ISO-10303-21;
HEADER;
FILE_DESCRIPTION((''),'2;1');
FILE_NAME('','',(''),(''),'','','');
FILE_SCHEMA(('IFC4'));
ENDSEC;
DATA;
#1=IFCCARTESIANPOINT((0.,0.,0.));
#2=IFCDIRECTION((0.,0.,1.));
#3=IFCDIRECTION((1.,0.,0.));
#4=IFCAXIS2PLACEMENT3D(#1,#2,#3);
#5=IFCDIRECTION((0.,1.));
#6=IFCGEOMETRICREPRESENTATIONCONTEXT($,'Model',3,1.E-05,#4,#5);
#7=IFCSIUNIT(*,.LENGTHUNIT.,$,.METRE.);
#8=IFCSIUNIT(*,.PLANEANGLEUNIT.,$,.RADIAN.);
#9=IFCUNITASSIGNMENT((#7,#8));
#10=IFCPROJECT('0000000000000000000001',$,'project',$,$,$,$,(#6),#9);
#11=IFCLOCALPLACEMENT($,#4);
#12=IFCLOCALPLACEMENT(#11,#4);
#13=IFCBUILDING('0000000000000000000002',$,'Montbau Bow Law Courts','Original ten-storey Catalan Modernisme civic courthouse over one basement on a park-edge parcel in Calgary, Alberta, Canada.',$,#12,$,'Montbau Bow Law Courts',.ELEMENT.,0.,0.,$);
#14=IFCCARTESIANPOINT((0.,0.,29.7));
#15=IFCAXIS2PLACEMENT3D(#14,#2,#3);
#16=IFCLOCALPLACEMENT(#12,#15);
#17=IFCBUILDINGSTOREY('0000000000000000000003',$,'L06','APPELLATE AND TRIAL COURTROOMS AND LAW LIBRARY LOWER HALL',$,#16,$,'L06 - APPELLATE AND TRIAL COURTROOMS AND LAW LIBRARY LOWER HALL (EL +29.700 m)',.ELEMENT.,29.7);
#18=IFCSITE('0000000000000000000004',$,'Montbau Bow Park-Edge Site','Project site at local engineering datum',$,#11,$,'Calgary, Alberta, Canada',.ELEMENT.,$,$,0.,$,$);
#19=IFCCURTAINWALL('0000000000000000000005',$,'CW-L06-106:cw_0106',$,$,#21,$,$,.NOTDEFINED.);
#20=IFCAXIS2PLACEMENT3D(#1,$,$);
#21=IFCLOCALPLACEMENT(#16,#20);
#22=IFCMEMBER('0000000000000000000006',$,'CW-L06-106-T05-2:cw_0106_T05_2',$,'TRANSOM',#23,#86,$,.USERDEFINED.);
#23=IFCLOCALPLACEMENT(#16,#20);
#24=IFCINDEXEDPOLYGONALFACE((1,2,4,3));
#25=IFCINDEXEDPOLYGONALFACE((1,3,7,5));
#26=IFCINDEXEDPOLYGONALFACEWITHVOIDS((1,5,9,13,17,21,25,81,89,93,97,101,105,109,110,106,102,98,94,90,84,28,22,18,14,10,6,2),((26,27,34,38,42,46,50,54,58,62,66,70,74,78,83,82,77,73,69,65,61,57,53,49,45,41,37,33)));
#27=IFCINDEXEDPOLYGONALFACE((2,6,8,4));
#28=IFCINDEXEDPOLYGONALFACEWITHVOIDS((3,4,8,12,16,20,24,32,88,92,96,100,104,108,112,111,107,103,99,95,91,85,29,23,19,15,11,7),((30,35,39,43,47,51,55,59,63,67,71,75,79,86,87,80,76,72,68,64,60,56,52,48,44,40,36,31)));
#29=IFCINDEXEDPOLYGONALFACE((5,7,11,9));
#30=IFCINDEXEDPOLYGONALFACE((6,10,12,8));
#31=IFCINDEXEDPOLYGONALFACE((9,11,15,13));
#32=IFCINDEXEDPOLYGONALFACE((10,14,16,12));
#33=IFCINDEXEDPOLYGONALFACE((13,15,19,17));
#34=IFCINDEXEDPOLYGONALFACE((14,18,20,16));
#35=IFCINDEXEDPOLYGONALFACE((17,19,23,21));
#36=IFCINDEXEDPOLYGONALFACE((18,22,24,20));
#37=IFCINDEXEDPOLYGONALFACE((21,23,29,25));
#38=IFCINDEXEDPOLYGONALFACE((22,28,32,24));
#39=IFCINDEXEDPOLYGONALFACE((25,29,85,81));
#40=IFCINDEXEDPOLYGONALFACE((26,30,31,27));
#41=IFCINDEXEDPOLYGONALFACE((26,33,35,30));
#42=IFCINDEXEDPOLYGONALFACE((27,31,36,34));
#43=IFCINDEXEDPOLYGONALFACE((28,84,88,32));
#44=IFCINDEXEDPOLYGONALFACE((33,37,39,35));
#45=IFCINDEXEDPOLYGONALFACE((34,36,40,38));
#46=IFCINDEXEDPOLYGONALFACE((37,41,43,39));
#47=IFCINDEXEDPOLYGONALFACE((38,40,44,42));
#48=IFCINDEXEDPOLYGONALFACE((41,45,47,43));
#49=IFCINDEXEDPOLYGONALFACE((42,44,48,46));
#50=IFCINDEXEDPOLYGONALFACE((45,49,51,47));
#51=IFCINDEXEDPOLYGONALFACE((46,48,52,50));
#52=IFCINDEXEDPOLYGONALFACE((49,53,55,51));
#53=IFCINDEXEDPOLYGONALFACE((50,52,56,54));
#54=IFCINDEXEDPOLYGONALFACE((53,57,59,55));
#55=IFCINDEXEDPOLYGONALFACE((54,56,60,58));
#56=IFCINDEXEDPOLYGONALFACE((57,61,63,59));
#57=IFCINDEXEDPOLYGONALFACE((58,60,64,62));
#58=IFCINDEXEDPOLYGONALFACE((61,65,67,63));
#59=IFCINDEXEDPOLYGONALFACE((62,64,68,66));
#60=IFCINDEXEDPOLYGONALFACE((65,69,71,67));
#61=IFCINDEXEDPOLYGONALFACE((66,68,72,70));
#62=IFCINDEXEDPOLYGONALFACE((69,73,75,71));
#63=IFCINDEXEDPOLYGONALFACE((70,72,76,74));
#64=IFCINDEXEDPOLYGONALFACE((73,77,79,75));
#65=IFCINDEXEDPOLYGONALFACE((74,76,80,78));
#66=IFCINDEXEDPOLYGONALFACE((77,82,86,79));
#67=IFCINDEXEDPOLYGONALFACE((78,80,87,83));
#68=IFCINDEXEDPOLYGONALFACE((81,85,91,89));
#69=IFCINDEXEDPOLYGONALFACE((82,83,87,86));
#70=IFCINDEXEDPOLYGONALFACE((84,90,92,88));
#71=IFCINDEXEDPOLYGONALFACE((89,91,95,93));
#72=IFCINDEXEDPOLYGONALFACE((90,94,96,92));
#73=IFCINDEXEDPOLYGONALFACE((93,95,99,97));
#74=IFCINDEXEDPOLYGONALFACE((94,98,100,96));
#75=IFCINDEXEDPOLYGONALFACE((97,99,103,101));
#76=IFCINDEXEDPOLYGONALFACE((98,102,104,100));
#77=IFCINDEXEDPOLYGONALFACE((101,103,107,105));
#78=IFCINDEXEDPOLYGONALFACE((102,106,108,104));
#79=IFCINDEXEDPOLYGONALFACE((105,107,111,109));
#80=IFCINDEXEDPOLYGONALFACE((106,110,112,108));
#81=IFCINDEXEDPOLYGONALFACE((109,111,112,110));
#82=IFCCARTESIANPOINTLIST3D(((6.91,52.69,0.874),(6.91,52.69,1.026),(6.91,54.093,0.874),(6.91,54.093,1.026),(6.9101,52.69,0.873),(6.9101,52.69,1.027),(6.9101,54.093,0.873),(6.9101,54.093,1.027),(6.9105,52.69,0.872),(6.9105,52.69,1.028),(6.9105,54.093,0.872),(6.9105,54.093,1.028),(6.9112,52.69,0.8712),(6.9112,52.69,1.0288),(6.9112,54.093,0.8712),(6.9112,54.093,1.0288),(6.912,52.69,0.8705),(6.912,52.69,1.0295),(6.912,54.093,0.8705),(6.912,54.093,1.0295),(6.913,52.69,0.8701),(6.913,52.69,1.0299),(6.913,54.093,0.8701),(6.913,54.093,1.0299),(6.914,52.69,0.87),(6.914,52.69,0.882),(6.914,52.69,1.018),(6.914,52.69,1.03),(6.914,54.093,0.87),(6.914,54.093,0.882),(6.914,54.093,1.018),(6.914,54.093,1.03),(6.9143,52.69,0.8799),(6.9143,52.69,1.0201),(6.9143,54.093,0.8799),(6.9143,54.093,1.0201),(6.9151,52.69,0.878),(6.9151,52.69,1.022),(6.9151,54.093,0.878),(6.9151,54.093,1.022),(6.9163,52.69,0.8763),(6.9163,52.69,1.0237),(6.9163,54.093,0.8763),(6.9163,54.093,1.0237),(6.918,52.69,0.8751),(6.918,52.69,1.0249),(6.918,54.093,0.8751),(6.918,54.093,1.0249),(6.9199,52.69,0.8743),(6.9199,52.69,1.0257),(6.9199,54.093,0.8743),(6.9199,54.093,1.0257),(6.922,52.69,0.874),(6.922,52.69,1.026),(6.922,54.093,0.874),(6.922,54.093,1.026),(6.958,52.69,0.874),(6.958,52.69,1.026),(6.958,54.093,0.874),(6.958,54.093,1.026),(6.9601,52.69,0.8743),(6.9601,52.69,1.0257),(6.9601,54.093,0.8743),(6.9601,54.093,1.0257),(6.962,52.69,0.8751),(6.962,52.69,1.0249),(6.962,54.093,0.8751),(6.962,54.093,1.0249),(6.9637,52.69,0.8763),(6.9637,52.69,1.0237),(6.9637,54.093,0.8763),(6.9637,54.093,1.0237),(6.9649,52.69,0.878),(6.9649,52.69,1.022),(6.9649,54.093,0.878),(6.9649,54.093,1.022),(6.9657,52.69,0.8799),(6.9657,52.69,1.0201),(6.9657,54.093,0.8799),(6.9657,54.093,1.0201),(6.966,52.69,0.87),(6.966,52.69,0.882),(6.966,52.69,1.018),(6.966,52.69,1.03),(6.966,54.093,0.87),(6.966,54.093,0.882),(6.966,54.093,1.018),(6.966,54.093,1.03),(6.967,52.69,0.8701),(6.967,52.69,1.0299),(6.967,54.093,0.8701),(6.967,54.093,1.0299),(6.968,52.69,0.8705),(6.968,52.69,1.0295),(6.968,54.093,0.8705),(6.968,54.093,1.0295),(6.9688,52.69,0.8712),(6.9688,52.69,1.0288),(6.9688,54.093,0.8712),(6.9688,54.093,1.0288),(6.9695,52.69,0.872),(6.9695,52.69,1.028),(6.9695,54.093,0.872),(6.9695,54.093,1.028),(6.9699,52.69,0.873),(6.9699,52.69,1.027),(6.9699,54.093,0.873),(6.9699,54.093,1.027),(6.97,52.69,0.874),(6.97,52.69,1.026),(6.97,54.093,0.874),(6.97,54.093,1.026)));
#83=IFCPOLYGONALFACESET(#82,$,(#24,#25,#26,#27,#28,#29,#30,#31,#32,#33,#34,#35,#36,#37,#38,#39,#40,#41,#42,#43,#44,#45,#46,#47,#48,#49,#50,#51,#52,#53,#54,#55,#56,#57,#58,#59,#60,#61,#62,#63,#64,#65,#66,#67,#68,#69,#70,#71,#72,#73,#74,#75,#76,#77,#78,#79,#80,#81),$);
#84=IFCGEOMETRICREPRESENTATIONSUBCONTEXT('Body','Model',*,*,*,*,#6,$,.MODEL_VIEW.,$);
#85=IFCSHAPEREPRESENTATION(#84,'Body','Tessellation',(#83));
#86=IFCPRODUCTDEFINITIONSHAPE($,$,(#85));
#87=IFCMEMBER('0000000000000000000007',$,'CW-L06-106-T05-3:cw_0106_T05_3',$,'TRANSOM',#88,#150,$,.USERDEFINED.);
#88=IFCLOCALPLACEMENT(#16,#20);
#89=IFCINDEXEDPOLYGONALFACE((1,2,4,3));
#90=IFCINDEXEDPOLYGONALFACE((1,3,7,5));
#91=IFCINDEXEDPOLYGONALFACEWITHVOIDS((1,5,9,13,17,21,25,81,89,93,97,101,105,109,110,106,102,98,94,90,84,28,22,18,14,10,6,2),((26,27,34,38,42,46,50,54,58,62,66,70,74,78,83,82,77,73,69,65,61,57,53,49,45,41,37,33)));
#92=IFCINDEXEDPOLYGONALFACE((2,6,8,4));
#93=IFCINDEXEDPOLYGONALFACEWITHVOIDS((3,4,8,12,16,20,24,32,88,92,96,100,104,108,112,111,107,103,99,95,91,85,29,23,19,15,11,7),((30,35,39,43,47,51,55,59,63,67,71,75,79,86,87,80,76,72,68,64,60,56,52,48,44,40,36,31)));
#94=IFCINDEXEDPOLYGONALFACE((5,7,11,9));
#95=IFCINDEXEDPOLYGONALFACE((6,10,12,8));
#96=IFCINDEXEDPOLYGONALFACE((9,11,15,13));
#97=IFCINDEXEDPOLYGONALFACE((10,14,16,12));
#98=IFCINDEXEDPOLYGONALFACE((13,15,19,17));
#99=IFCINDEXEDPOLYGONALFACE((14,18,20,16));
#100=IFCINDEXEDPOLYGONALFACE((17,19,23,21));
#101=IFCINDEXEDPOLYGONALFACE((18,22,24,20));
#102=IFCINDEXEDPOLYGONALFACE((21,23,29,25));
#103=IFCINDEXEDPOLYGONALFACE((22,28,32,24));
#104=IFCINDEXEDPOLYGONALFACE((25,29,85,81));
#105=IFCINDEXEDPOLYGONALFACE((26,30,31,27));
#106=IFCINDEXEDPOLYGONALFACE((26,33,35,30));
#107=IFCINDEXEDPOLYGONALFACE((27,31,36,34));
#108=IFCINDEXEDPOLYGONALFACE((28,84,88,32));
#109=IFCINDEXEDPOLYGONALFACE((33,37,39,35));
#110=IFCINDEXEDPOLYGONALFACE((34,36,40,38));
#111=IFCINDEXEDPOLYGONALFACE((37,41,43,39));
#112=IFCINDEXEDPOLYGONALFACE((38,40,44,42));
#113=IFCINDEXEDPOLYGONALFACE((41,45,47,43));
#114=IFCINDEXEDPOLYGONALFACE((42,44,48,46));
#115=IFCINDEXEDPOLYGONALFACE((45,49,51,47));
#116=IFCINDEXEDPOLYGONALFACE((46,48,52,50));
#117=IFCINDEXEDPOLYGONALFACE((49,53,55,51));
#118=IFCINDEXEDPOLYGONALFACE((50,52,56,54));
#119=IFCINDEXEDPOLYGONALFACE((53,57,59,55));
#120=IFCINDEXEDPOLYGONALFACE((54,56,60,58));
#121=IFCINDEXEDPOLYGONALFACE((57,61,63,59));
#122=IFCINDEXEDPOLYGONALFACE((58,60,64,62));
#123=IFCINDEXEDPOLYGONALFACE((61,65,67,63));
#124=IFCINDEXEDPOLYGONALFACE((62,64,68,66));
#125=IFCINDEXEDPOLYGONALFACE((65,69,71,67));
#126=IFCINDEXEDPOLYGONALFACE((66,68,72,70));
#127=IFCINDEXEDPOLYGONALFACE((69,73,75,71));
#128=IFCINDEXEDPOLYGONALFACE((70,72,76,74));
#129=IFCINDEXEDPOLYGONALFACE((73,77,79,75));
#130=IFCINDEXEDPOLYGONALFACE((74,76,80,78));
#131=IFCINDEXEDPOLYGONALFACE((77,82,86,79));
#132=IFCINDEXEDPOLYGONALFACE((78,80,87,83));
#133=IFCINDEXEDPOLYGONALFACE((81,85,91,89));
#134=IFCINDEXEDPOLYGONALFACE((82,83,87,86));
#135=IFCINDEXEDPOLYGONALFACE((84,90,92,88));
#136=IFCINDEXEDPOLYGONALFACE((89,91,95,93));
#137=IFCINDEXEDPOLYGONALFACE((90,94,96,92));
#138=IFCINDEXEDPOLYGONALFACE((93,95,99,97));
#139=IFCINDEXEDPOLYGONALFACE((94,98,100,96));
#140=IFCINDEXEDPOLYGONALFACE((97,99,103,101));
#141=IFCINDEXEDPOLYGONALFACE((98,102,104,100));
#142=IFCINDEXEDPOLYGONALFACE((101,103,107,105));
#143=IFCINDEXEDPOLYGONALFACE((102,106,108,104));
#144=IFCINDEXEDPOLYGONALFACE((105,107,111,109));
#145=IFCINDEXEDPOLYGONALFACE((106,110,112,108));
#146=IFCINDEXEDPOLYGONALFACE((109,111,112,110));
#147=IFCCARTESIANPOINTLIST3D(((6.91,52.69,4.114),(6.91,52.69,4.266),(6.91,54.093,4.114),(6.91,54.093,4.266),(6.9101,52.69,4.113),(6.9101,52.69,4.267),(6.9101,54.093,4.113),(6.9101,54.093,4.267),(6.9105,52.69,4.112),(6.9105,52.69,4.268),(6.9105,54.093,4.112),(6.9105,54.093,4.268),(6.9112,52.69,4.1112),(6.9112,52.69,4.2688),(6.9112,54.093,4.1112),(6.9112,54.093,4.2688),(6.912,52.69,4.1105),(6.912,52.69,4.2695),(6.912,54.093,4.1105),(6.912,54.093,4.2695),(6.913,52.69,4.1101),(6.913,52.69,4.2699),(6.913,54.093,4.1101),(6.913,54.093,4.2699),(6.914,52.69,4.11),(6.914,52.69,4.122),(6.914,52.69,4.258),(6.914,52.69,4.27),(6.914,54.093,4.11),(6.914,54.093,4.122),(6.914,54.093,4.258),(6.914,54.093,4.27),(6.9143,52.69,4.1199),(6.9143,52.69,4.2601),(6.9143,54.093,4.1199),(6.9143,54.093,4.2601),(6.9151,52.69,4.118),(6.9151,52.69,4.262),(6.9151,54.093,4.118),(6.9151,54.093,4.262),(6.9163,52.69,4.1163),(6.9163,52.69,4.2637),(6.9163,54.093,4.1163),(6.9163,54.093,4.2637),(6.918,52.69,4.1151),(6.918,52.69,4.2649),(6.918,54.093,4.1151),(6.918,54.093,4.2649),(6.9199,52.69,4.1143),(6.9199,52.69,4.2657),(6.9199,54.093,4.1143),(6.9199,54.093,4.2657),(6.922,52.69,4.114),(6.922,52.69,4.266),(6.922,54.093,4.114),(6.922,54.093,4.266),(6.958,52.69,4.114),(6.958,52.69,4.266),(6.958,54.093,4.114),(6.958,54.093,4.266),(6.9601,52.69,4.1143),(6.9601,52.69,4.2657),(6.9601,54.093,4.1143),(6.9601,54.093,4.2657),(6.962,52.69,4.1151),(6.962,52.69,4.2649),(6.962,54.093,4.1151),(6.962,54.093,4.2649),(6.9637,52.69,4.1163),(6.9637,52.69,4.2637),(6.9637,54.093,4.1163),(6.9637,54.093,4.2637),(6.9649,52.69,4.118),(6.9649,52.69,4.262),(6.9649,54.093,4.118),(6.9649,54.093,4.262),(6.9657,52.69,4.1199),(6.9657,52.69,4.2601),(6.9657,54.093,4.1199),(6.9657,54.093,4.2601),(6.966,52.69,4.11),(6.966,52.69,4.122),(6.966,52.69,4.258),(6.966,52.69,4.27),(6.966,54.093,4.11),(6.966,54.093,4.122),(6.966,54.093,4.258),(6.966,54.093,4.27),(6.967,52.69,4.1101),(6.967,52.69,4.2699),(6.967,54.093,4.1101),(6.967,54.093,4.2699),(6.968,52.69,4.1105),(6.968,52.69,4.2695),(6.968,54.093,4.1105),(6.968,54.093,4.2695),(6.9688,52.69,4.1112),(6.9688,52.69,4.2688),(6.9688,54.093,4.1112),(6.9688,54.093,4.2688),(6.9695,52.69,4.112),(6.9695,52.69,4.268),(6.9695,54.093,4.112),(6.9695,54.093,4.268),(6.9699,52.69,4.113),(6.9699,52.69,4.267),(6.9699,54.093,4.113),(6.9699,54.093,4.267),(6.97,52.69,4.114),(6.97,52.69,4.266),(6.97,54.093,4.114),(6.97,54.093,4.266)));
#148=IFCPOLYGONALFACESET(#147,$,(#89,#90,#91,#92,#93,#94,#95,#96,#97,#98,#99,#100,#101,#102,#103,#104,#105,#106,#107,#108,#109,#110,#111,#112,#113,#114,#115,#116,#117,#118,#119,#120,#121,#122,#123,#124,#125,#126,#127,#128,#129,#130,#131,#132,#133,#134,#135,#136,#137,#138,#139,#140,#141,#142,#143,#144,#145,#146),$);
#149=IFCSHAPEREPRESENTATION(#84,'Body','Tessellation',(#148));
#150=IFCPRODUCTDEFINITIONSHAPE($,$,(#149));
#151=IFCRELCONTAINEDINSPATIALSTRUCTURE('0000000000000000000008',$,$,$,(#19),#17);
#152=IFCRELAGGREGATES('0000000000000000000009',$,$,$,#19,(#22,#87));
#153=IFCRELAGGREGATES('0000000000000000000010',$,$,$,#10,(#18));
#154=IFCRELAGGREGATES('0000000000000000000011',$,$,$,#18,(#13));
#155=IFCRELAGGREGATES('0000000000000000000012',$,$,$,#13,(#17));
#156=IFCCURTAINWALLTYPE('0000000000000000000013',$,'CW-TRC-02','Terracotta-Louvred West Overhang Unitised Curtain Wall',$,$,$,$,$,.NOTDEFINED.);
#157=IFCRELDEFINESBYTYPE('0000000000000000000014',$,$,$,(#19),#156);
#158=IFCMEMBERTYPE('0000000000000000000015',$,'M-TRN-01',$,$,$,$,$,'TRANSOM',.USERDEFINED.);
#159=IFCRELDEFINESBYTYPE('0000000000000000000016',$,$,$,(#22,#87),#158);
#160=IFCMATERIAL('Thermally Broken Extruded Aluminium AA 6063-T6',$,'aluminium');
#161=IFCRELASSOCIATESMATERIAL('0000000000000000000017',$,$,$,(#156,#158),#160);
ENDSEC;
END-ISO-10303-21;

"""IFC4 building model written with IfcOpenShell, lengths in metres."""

from ifc_helpers import new_model, si_unit, direction, frame, origin_with_axes, origin_2d_with_axis, place, context, subcontext, project, spatial, hollow_rectangle, extrude, material, material_profile, profile_set, type_object, element, aggregate, save


model = new_model("IFC4")

# Units and contexts
model_context = context("Model", 3, precision=1e-05, world=origin_with_axes(), true_north=direction((0.0, 1.0)))
body_context = subcontext(model_context, "Body", "Model", "MODEL_VIEW")
ifc_project = project(units=[si_unit("LENGTHUNIT", "METRE"), si_unit("PLANEANGLEUNIT", "RADIAN")], contexts=[model_context])

# Site, building, storey
site_placement = place(None, origin_with_axes())
site = spatial("IfcSite", under=ifc_project, at=site_placement, Name="Montbau Bow Park-Edge Site", Description="Project site at local engineering datum", LongName="Calgary, Alberta, Canada", CompositionType="ELEMENT", RefElevation=0.0)
building_placement = place(site_placement, origin_with_axes())
building = spatial("IfcBuilding", under=site, at=building_placement, Name="Montbau Bow Law Courts", Description="Original ten-storey Catalan Modernisme civic courthouse over one basement on a park-edge parcel in Calgary, Alberta, Canada.", LongName="Montbau Bow Law Courts", CompositionType="ELEMENT", ElevationOfRefHeight=0.0, ElevationOfTerrain=0.0)
storey_placement = place(building_placement, frame((0.0, 0.0, 29.7), z_axis=(0.0, 0.0, 1.0), x_axis=(1.0, 0.0, 0.0)))
storey = spatial("IfcBuildingStorey", under=building, at=storey_placement, Name="L06", Description="APPELLATE AND TRIAL COURTROOMS AND LAW LIBRARY LOWER HALL", LongName="L06 - APPELLATE AND TRIAL COURTROOMS AND LAW LIBRARY LOWER HALL (EL +29.700 m)", CompositionType="ELEMENT", Elevation=29.7)

# Curtain wall
ifc_material_1 = material(Name="Thermally Broken Extruded Aluminium AA 6063-T6", Category="aluminium")
curtain_wall_type = type_object("IfcCurtainWallType", Name="CW-TRC-02", Description="Terracotta-Louvred West Overhang Unitised Curtain Wall", PredefinedType="NOTDEFINED", material=ifc_material_1)
curtain_wall_1_placement = place(None, frame((6.94, 46.64, 29.7), z_axis=(0.0, 0.0, 1.0), x_axis=(1.0, 0.0, 0.0)))
curtain_wall_1 = element("IfcCurtainWall", 1, at=curtain_wall_1_placement, inside=storey, type_object=curtain_wall_type, Name="CW-L06-106:cw_0106", PredefinedType="NOTDEFINED")

# Members
ifc_material_profile_1 = material_profile(ifc_material_1, hollow_rectangle(XDim=0.06, YDim=0.16, WallThickness=0.004, InnerFilletRadius=0.008, OuterFilletRadius=0.004, at=origin_2d_with_axis()), Name="CWT-160X60", Category="Main", Priority=0)
ifc_profile_set_1 = profile_set([ifc_material_profile_1], Name="Thermally Broken Extruded Aluminium AA 6063-T6")
member_type_1 = type_object("IfcMemberType", Name="M-TRN-01", ElementType="TRANSOM", PredefinedType="USERDEFINED", material=ifc_profile_set_1)
member_1_placement = place(None, frame((6.94, 52.69, 30.65), z_axis=(0.0, 1.0, 0.0), x_axis=(-1.0, 0.0, 0.0)))
member_1 = element("IfcMember", 2, at=member_1_placement, type_object=member_type_1, Name="CW-L06-106-T05-2:cw_0106_T05_2", ObjectType="TRANSOM", PredefinedType="USERDEFINED", context=body_context, shape_type="SweptSolid", body=[
    extrude(hollow_rectangle(XDim=0.06, YDim=0.16, WallThickness=0.004, InnerFilletRadius=0.008, OuterFilletRadius=0.004, at=origin_2d_with_axis()), origin_with_axes(), (0.0, 0.0, 1.0), 1.403),
])
member_2_placement = place(None, frame((6.94, 52.69, 33.89), z_axis=(0.0, 1.0, 0.0), x_axis=(-1.0, 0.0, 0.0)))
member_2 = element("IfcMember", 3, at=member_2_placement, type_object=member_type_1, Name="CW-L06-106-T05-3:cw_0106_T05_3", ObjectType="TRANSOM", PredefinedType="USERDEFINED", context=body_context, shape_type="SweptSolid", body=[
    extrude(hollow_rectangle(XDim=0.06, YDim=0.16, WallThickness=0.004, InnerFilletRadius=0.008, OuterFilletRadius=0.004, at=origin_2d_with_axis()), origin_with_axes(), (0.0, 0.0, 1.0), 1.403),
])

aggregate(curtain_wall_1, [member_1, member_2])

save(model, "model.ifc")
